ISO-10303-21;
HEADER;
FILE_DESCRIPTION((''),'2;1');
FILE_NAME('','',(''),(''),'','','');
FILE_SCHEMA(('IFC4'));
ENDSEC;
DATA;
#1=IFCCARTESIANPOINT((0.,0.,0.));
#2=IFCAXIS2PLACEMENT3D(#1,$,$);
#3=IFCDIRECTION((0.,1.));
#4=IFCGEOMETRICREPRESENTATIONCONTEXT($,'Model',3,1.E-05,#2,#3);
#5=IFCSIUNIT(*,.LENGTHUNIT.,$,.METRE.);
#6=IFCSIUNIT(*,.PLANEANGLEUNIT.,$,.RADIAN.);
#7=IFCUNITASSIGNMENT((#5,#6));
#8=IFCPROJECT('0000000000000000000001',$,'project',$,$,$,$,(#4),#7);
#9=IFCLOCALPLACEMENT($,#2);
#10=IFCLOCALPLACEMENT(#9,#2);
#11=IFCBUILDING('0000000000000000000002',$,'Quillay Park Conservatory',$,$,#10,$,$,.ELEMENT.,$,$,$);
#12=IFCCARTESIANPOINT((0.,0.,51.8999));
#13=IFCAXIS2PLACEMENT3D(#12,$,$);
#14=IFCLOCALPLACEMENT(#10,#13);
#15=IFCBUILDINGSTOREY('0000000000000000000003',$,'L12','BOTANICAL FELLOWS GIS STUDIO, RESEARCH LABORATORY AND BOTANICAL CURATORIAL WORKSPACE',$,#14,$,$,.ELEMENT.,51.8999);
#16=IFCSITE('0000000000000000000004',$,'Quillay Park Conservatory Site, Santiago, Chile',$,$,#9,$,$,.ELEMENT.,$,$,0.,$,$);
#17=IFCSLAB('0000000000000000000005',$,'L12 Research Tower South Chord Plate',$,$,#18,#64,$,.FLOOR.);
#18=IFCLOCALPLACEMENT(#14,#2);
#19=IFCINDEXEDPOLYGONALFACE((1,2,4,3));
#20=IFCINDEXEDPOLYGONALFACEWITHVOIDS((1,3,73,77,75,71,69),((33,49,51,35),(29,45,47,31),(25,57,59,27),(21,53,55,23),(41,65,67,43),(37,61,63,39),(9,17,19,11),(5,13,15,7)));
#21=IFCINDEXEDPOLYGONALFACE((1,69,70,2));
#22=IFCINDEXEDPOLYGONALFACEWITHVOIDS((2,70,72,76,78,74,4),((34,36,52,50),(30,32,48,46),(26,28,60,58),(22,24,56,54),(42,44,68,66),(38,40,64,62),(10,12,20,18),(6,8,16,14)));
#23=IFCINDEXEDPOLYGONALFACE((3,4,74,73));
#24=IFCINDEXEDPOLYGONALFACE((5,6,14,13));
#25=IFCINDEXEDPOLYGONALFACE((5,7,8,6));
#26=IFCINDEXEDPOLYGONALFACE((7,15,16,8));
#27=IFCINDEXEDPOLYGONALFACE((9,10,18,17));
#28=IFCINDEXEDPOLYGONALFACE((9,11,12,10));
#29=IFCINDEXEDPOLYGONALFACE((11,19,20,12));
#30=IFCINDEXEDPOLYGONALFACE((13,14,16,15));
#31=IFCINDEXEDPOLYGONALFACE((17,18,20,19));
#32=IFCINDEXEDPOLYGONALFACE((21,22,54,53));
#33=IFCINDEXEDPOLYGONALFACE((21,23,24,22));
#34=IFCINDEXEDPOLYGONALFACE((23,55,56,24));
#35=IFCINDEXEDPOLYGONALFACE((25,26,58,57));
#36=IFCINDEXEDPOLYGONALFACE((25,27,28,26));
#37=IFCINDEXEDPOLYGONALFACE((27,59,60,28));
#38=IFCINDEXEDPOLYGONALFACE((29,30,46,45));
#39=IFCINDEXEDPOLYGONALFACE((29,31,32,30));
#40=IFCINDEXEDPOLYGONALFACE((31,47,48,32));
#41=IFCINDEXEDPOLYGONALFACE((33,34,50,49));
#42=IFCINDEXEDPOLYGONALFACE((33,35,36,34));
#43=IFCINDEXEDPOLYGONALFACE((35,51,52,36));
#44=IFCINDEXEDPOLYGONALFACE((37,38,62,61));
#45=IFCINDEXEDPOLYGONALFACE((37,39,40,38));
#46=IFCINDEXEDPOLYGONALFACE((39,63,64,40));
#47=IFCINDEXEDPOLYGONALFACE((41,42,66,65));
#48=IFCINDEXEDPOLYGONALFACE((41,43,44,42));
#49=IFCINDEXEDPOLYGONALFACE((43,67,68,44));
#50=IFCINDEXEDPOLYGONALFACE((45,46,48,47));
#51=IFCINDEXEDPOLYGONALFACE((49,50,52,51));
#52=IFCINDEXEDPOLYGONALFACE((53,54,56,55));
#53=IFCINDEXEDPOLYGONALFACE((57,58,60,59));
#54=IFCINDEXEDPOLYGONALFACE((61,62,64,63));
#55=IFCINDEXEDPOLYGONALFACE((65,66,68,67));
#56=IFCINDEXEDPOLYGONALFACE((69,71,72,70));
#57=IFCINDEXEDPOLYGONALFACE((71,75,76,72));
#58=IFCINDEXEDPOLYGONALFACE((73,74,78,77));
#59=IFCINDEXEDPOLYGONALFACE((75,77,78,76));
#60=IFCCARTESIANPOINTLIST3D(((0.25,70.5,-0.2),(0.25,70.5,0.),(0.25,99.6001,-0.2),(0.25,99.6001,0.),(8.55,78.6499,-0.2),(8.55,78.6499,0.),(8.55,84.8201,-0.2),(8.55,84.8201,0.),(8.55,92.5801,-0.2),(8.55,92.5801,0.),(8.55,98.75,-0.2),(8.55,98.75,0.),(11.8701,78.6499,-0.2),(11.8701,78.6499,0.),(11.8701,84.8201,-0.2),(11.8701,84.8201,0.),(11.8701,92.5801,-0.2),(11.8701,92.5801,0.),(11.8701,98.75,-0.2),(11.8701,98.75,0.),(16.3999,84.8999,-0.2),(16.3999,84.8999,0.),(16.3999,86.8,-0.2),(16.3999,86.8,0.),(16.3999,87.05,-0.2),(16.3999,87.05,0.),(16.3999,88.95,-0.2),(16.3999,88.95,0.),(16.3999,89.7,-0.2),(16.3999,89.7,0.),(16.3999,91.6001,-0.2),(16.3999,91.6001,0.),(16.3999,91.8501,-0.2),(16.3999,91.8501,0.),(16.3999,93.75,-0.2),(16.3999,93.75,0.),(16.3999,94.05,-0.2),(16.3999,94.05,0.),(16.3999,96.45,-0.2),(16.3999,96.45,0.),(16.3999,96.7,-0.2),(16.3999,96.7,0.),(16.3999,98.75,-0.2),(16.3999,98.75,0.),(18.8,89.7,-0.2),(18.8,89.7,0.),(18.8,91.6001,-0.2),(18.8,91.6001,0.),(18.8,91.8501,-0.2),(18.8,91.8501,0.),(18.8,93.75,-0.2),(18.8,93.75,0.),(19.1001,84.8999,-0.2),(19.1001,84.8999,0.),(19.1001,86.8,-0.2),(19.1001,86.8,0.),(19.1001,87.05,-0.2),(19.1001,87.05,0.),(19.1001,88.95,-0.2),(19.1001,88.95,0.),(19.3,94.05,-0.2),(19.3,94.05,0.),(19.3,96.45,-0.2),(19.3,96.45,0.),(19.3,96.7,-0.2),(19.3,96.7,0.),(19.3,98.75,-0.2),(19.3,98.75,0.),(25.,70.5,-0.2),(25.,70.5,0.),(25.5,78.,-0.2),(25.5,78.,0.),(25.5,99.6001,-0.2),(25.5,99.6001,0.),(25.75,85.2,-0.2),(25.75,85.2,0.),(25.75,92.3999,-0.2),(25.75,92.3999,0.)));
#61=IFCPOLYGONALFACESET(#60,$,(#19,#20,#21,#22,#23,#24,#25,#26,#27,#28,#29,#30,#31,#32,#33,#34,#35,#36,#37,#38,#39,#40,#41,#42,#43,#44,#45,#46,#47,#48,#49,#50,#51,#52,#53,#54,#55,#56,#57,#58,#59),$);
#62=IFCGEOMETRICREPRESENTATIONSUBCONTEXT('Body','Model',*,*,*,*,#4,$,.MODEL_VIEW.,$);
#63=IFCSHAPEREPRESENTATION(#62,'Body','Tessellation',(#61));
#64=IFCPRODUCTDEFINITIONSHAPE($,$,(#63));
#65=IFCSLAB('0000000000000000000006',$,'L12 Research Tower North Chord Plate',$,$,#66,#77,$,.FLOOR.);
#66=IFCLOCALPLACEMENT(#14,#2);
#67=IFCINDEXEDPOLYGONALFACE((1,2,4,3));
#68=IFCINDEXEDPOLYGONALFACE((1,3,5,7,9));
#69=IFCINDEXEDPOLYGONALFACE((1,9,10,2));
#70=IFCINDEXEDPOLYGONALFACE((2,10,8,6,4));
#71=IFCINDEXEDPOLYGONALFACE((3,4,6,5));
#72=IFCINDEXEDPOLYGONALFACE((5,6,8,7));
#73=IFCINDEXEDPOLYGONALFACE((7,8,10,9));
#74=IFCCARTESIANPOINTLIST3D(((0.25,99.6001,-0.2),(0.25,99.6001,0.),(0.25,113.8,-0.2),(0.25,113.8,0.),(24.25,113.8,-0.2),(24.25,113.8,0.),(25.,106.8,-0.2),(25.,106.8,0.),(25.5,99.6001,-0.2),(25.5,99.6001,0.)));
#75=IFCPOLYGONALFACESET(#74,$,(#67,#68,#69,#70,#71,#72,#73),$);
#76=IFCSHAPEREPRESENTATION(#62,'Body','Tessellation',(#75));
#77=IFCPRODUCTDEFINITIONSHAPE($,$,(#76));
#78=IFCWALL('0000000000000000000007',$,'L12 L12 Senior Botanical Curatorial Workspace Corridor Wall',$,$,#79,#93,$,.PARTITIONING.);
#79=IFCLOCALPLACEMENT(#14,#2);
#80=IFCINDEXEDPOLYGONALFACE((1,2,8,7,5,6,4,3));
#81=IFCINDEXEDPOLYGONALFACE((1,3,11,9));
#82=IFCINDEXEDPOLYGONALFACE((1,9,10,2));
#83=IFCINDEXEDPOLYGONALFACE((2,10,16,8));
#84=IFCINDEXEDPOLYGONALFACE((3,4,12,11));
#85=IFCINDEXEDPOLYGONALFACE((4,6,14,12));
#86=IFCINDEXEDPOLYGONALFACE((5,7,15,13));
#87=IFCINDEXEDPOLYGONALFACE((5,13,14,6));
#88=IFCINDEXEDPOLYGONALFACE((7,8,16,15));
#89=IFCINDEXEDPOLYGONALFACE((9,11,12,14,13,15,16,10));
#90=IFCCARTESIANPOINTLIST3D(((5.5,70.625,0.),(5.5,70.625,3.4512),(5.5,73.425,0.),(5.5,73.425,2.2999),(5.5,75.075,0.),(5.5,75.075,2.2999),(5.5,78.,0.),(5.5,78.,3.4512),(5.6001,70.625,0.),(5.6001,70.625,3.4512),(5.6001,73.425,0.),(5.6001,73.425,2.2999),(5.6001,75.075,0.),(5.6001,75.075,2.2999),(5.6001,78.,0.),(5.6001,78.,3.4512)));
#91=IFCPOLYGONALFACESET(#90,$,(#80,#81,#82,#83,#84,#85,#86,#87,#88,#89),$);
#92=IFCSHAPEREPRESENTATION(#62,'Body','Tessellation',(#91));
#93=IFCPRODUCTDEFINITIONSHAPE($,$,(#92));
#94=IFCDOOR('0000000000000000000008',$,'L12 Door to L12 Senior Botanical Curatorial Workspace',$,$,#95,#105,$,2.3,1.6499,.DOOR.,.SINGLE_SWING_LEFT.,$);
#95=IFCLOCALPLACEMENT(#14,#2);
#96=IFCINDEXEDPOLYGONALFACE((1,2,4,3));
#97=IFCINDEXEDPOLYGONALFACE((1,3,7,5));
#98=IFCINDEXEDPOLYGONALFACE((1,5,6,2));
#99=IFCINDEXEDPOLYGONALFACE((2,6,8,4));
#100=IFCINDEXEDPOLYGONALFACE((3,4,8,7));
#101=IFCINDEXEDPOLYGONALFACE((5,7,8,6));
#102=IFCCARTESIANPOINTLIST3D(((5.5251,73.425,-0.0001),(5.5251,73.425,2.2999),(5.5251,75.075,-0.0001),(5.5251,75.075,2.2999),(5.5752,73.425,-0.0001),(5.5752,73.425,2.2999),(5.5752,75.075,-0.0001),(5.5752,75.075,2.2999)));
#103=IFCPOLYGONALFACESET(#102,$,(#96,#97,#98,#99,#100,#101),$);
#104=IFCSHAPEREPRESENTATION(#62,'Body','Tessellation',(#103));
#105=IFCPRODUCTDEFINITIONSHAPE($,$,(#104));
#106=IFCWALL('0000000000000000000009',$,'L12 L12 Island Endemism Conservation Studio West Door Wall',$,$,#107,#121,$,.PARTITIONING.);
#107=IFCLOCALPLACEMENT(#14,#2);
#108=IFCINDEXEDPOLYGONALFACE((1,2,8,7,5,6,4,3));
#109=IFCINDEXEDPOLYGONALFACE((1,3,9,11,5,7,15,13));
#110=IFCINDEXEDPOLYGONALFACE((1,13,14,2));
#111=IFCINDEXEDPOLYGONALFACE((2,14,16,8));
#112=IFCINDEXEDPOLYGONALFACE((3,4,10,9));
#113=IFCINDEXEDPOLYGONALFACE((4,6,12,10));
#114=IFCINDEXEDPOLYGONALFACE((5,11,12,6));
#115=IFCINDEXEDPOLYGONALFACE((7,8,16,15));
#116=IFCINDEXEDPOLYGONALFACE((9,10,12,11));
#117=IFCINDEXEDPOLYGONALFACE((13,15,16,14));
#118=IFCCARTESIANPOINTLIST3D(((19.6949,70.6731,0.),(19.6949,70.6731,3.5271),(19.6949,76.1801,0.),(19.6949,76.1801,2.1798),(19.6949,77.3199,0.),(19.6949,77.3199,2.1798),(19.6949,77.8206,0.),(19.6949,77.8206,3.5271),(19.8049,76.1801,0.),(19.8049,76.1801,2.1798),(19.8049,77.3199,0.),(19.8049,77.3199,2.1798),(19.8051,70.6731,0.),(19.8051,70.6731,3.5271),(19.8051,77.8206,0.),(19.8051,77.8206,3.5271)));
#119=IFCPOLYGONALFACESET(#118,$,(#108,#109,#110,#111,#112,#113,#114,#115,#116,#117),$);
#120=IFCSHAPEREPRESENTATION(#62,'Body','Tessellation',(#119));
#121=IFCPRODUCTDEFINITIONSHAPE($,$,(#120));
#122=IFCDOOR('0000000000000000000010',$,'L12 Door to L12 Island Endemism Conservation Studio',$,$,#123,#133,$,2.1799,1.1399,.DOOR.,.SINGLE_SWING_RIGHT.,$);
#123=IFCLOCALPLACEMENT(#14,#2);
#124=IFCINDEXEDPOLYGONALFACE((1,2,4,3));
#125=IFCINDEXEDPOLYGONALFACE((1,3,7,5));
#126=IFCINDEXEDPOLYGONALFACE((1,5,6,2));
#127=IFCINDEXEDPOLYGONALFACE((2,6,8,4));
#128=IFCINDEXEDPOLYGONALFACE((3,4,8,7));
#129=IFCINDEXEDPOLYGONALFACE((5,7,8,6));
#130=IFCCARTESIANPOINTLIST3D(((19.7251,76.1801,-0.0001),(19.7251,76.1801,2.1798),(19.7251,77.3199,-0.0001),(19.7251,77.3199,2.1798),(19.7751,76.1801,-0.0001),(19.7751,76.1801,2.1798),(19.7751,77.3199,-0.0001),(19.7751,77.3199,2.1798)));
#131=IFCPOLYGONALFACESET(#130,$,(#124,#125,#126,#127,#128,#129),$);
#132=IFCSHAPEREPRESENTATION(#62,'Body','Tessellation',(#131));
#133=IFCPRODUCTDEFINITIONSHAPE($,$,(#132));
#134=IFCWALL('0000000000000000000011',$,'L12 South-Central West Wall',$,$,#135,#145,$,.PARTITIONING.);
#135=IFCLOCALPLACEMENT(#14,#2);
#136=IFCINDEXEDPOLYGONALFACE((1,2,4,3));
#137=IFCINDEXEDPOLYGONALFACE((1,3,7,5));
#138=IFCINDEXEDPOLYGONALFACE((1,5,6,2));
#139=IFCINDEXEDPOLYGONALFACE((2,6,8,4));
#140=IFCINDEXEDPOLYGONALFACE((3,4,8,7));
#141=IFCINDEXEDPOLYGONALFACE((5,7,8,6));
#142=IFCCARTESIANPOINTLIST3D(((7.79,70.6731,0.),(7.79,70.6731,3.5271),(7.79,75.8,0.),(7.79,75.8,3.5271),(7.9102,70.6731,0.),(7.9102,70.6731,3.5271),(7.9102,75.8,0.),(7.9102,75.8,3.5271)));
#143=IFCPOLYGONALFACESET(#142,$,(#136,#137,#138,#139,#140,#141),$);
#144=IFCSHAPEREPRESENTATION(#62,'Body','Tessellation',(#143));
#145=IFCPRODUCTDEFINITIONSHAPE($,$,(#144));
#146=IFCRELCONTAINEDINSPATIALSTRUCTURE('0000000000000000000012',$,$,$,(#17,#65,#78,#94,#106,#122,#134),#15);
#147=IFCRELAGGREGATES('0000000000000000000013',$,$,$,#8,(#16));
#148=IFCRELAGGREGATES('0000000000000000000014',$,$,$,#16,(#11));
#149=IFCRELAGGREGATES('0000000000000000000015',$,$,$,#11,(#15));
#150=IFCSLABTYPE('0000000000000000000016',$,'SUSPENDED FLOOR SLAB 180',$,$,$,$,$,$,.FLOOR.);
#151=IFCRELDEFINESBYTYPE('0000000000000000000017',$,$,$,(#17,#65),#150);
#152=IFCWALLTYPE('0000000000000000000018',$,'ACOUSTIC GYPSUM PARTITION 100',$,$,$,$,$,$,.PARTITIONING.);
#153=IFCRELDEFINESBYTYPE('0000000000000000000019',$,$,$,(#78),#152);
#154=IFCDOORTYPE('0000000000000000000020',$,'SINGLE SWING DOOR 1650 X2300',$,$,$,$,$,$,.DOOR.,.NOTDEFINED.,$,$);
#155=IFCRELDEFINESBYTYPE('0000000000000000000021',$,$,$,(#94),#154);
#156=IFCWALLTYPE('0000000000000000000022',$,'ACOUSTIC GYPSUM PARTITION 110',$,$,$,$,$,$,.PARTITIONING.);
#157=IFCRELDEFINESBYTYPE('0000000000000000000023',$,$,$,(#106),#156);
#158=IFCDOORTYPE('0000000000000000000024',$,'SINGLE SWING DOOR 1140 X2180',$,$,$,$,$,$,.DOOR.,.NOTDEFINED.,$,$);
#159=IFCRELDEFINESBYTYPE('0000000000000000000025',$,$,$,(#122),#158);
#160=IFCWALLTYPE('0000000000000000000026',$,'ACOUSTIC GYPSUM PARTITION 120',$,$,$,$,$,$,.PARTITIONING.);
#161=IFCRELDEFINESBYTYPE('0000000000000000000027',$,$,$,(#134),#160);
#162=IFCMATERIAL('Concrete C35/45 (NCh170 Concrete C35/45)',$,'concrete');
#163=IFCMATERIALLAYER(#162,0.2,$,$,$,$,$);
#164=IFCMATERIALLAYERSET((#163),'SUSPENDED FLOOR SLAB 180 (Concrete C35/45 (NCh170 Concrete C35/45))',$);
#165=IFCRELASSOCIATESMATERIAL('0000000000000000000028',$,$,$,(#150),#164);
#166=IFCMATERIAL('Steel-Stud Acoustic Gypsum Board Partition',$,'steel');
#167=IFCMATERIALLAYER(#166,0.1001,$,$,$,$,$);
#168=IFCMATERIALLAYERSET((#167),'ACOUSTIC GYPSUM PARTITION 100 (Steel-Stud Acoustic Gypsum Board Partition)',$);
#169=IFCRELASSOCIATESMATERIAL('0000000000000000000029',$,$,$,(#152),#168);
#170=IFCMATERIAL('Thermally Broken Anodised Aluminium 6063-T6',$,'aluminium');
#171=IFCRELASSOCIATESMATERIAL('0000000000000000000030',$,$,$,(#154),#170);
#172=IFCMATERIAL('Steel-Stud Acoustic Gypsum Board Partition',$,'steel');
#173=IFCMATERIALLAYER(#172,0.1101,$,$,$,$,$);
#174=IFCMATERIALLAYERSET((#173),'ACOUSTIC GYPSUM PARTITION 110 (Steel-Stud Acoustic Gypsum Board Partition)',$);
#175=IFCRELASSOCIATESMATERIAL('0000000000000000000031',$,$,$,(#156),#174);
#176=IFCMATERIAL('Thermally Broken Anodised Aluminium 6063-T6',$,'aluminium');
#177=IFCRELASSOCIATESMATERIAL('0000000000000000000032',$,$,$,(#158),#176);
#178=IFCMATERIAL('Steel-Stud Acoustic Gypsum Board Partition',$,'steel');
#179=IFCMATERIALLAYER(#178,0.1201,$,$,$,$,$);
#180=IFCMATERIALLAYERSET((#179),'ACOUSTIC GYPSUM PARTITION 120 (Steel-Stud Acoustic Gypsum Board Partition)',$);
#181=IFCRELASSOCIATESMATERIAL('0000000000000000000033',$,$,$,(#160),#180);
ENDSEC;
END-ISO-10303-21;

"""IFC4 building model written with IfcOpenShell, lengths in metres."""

from ifc_helpers import new_model, si_unit, direction, frame, frame_2d, origin, place, context, subcontext, project, spatial, polyline, rectangle, outline, extrude, material, layer, layer_set, type_object, element, fill, save


model = new_model("IFC4")

# Units and contexts
model_context = context("Model", 3, precision=1e-05, world=origin(), true_north=direction((0.0, 1.0)))
body_context = subcontext(model_context, "Body", "Model", "MODEL_VIEW")
ifc_project = project(units=[si_unit("LENGTHUNIT", "METRE"), si_unit("PLANEANGLEUNIT", "RADIAN")], contexts=[model_context])

# Site, building, storey
site_placement = place(None, origin())
site = spatial("IfcSite", under=ifc_project, at=site_placement, Name="Quillay Park Conservatory Site, Santiago, Chile", CompositionType="ELEMENT", RefElevation=0.0)
building_placement = place(site_placement, origin())
building = spatial("IfcBuilding", under=site, at=building_placement, Name="Quillay Park Conservatory", CompositionType="ELEMENT")
storey_placement = place(building_placement, frame((0.0, 0.0, 51.8999)))
storey = spatial("IfcBuildingStorey", under=building, at=storey_placement, Name="L12", Description="BOTANICAL FELLOWS GIS STUDIO, RESEARCH LABORATORY AND BOTANICAL CURATORIAL WORKSPACE", CompositionType="ELEMENT", Elevation=51.8999)

# Slabs
ifc_material_1 = material(Name="Concrete C35/45 (NCh170 Concrete C35/45)", Category="concrete")
ifc_layer_1 = layer(ifc_material_1, 0.2)
ifc_layer_set_1 = layer_set([ifc_layer_1], Name="SUSPENDED FLOOR SLAB 180 (Concrete C35/45 (NCh170 Concrete C35/45))")
slab_type_1 = type_object("IfcSlabType", Name="SUSPENDED FLOOR SLAB 180", PredefinedType="FLOOR", material=ifc_layer_set_1)
slab_1_placement = place(storey_placement, frame((0.0, 0.0, -0.2)))
element("IfcSlab", 1, at=slab_1_placement, inside=storey, type_object=slab_type_1, Name="L12 Research Tower South Chord Plate", PredefinedType="FLOOR", context=body_context, shape_type="SweptSolid", body=[
    extrude(outline(polyline([(0.25, 70.5), (25.0, 70.5), (25.5, 78.0), (25.75, 85.2), (25.75, 92.3999), (25.5, 99.6001), (0.25, 99.6001), (0.25, 70.5)]), holes=[polyline([(8.55, 92.5801), (11.8701, 92.5801), (11.8701, 98.75), (8.55, 98.75), (8.55, 92.5801)]), polyline([(8.55, 78.6499), (11.8701, 78.6499), (11.8701, 84.8201), (8.55, 84.8201), (8.55, 78.6499)]), polyline([(16.3999, 84.8999), (19.1001, 84.8999), (19.1001, 86.8), (16.3999, 86.8), (16.3999, 84.8999)]), polyline([(16.3999, 87.05), (19.1001, 87.05), (19.1001, 88.95), (16.3999, 88.95), (16.3999, 87.05)]), polyline([(16.3999, 89.7), (18.8, 89.7), (18.8, 91.6001), (16.3999, 91.6001), (16.3999, 89.7)]), polyline([(16.3999, 91.8501), (18.8, 91.8501), (18.8, 93.75), (16.3999, 93.75), (16.3999, 91.8501)]), polyline([(16.3999, 94.05), (19.3, 94.05), (19.3, 96.45), (16.3999, 96.45), (16.3999, 94.05)]), polyline([(16.3999, 96.7), (19.3, 96.7), (19.3, 98.75), (16.3999, 98.75), (16.3999, 96.7)])]), origin(), (0.0, 0.0, 1.0), 0.2),
])
slab_2_placement = place(storey_placement, frame((0.0, 0.0, -0.2)))
element("IfcSlab", 2, at=slab_2_placement, inside=storey, type_object=slab_type_1, Name="L12 Research Tower North Chord Plate", PredefinedType="FLOOR", context=body_context, shape_type="SweptSolid", body=[
    extrude(outline(polyline([(0.25, 99.6001), (25.5, 99.6001), (25.0, 106.8), (24.25, 113.8), (0.25, 113.8), (0.25, 99.6001)])), origin(), (0.0, 0.0, 1.0), 0.2),
])

# Walls, openings, doors
ifc_material_2 = material(Name="Steel-Stud Acoustic Gypsum Board Partition", Category="steel")
ifc_layer_2 = layer(ifc_material_2, 0.1001)
ifc_layer_set_2 = layer_set([ifc_layer_2], Name="ACOUSTIC GYPSUM PARTITION 100 (Steel-Stud Acoustic Gypsum Board Partition)")
wall_type_1 = type_object("IfcWallType", Name="ACOUSTIC GYPSUM PARTITION 100", PredefinedType="PARTITIONING", material=ifc_layer_set_2)
wall_1_placement = place(storey_placement, frame((5.55, 70.625, 0.0), z_axis=(0.0, 0.0, 1.0), x_axis=(0.0, 1.0, 0.0)))
wall_1 = element("IfcWall", 3, at=wall_1_placement, inside=storey, type_object=wall_type_1, Name="L12 L12 Senior Botanical Curatorial Workspace Corridor Wall", PredefinedType="PARTITIONING", context=body_context, shape_type="SweptSolid", body=[
    extrude(rectangle(XDim=7.375, YDim=0.1001, at=frame_2d((3.6875, 0.0))), origin(), (0.0, 0.0, 1.0), 3.4512),
])
opening_1_placement = place(wall_1_placement, frame((2.8, 0.0, 0.0)))
opening_1 = element("IfcOpeningElement", 4, at=opening_1_placement, cuts=wall_1, PredefinedType="OPENING", context=body_context, shape_type="SweptSolid", body=[
    extrude(rectangle(XDim=1.6499, YDim=2.3, at=frame_2d((0.825, 1.1499))), frame((0.0, 0.05, 0.0), z_axis=(0.0, -1.0, 0.0), x_axis=(1.0, 0.0, 0.0)), (0.0, 0.0, 1.0), 0.1001),
])
ifc_material_3 = material(Name="Thermally Broken Anodised Aluminium 6063-T6", Category="aluminium")
door_type_1 = type_object("IfcDoorType", Name="SINGLE SWING DOOR 1650 X2300", OperationType="NOTDEFINED", PredefinedType="DOOR", material=ifc_material_3)
door_1_placement = place(opening_1_placement, origin())
door_1 = element("IfcDoor", 5, at=door_1_placement, inside=storey, type_object=door_type_1, Name="L12 Door to L12 Senior Botanical Curatorial Workspace", OperationType="SINGLE_SWING_LEFT", OverallHeight=2.3, OverallWidth=1.6499, PredefinedType="DOOR", context=body_context, shape_type="SweptSolid", body=[
    extrude(rectangle(XDim=1.6499, YDim=2.3, at=frame_2d((0.825, 1.1499))), frame((0.0, 0.0249, 0.0), z_axis=(0.0, -1.0, 0.0), x_axis=(1.0, 0.0, 0.0)), (0.0, 0.0, 1.0), 0.05),
])
fill(opening_1, door_1)
ifc_material_4 = material(Name="Steel-Stud Acoustic Gypsum Board Partition", Category="steel")
ifc_layer_3 = layer(ifc_material_4, 0.1101)
ifc_layer_set_3 = layer_set([ifc_layer_3], Name="ACOUSTIC GYPSUM PARTITION 110 (Steel-Stud Acoustic Gypsum Board Partition)")
wall_type_2 = type_object("IfcWallType", Name="ACOUSTIC GYPSUM PARTITION 110", PredefinedType="PARTITIONING", material=ifc_layer_set_3)
wall_2_placement = place(storey_placement, frame((19.75, 70.6731, 0.0), z_axis=(0.0, 0.0, 1.0), x_axis=(0.0, 1.0, 0.0)))
wall_2 = element("IfcWall", 6, at=wall_2_placement, inside=storey, type_object=wall_type_2, Name="L12 L12 Island Endemism Conservation Studio West Door Wall", PredefinedType="PARTITIONING", context=body_context, shape_type="SweptSolid", body=[
    extrude(rectangle(XDim=7.1475, YDim=0.1101, at=frame_2d((3.5737, 0.0))), origin(), (0.0, 0.0, 1.0), 3.5271),
])
opening_2_placement = place(wall_2_placement, frame((5.5071, 0.0, 0.0)))
opening_2 = element("IfcOpeningElement", 7, at=opening_2_placement, cuts=wall_2, PredefinedType="OPENING", context=body_context, shape_type="SweptSolid", body=[
    extrude(rectangle(XDim=1.1399, YDim=2.1799, at=frame_2d((0.5698, 1.0898))), frame((0.0, 0.0552, 0.0), z_axis=(0.0, -1.0, 0.0), x_axis=(1.0, 0.0, 0.0)), (0.0, 0.0, 1.0), 0.1101),
])
ifc_material_5 = material(Name="Thermally Broken Anodised Aluminium 6063-T6", Category="aluminium")
door_type_2 = type_object("IfcDoorType", Name="SINGLE SWING DOOR 1140 X2180", OperationType="NOTDEFINED", PredefinedType="DOOR", material=ifc_material_5)
door_2_placement = place(opening_2_placement, origin())
door_2 = element("IfcDoor", 8, at=door_2_placement, inside=storey, type_object=door_type_2, Name="L12 Door to L12 Island Endemism Conservation Studio", OperationType="SINGLE_SWING_RIGHT", OverallHeight=2.1799, OverallWidth=1.1399, PredefinedType="DOOR", context=body_context, shape_type="SweptSolid", body=[
    extrude(rectangle(XDim=1.1399, YDim=2.1799, at=frame_2d((0.5698, 1.0898))), frame((0.0, 0.0249, 0.0), z_axis=(0.0, -1.0, 0.0), x_axis=(1.0, 0.0, 0.0)), (0.0, 0.0, 1.0), 0.05),
])
fill(opening_2, door_2)

# Wall
ifc_material_6 = material(Name="Steel-Stud Acoustic Gypsum Board Partition", Category="steel")
ifc_layer_4 = layer(ifc_material_6, 0.1201)
ifc_layer_set_4 = layer_set([ifc_layer_4], Name="ACOUSTIC GYPSUM PARTITION 120 (Steel-Stud Acoustic Gypsum Board Partition)")
wall_type_3 = type_object("IfcWallType", Name="ACOUSTIC GYPSUM PARTITION 120", PredefinedType="PARTITIONING", material=ifc_layer_set_4)
wall_3_placement = place(storey_placement, frame((7.8501, 70.6731, 0.0), z_axis=(0.0, 0.0, 1.0), x_axis=(0.0, 1.0, 0.0)))
element("IfcWall", 9, at=wall_3_placement, inside=storey, type_object=wall_type_3, Name="L12 South-Central West Wall", PredefinedType="PARTITIONING", context=body_context, shape_type="SweptSolid", body=[
    extrude(rectangle(XDim=5.127, YDim=0.1201, at=frame_2d((2.5635, 0.0))), origin(), (0.0, 0.0, 1.0), 3.5271),
])

save(model, "model.ifc")
